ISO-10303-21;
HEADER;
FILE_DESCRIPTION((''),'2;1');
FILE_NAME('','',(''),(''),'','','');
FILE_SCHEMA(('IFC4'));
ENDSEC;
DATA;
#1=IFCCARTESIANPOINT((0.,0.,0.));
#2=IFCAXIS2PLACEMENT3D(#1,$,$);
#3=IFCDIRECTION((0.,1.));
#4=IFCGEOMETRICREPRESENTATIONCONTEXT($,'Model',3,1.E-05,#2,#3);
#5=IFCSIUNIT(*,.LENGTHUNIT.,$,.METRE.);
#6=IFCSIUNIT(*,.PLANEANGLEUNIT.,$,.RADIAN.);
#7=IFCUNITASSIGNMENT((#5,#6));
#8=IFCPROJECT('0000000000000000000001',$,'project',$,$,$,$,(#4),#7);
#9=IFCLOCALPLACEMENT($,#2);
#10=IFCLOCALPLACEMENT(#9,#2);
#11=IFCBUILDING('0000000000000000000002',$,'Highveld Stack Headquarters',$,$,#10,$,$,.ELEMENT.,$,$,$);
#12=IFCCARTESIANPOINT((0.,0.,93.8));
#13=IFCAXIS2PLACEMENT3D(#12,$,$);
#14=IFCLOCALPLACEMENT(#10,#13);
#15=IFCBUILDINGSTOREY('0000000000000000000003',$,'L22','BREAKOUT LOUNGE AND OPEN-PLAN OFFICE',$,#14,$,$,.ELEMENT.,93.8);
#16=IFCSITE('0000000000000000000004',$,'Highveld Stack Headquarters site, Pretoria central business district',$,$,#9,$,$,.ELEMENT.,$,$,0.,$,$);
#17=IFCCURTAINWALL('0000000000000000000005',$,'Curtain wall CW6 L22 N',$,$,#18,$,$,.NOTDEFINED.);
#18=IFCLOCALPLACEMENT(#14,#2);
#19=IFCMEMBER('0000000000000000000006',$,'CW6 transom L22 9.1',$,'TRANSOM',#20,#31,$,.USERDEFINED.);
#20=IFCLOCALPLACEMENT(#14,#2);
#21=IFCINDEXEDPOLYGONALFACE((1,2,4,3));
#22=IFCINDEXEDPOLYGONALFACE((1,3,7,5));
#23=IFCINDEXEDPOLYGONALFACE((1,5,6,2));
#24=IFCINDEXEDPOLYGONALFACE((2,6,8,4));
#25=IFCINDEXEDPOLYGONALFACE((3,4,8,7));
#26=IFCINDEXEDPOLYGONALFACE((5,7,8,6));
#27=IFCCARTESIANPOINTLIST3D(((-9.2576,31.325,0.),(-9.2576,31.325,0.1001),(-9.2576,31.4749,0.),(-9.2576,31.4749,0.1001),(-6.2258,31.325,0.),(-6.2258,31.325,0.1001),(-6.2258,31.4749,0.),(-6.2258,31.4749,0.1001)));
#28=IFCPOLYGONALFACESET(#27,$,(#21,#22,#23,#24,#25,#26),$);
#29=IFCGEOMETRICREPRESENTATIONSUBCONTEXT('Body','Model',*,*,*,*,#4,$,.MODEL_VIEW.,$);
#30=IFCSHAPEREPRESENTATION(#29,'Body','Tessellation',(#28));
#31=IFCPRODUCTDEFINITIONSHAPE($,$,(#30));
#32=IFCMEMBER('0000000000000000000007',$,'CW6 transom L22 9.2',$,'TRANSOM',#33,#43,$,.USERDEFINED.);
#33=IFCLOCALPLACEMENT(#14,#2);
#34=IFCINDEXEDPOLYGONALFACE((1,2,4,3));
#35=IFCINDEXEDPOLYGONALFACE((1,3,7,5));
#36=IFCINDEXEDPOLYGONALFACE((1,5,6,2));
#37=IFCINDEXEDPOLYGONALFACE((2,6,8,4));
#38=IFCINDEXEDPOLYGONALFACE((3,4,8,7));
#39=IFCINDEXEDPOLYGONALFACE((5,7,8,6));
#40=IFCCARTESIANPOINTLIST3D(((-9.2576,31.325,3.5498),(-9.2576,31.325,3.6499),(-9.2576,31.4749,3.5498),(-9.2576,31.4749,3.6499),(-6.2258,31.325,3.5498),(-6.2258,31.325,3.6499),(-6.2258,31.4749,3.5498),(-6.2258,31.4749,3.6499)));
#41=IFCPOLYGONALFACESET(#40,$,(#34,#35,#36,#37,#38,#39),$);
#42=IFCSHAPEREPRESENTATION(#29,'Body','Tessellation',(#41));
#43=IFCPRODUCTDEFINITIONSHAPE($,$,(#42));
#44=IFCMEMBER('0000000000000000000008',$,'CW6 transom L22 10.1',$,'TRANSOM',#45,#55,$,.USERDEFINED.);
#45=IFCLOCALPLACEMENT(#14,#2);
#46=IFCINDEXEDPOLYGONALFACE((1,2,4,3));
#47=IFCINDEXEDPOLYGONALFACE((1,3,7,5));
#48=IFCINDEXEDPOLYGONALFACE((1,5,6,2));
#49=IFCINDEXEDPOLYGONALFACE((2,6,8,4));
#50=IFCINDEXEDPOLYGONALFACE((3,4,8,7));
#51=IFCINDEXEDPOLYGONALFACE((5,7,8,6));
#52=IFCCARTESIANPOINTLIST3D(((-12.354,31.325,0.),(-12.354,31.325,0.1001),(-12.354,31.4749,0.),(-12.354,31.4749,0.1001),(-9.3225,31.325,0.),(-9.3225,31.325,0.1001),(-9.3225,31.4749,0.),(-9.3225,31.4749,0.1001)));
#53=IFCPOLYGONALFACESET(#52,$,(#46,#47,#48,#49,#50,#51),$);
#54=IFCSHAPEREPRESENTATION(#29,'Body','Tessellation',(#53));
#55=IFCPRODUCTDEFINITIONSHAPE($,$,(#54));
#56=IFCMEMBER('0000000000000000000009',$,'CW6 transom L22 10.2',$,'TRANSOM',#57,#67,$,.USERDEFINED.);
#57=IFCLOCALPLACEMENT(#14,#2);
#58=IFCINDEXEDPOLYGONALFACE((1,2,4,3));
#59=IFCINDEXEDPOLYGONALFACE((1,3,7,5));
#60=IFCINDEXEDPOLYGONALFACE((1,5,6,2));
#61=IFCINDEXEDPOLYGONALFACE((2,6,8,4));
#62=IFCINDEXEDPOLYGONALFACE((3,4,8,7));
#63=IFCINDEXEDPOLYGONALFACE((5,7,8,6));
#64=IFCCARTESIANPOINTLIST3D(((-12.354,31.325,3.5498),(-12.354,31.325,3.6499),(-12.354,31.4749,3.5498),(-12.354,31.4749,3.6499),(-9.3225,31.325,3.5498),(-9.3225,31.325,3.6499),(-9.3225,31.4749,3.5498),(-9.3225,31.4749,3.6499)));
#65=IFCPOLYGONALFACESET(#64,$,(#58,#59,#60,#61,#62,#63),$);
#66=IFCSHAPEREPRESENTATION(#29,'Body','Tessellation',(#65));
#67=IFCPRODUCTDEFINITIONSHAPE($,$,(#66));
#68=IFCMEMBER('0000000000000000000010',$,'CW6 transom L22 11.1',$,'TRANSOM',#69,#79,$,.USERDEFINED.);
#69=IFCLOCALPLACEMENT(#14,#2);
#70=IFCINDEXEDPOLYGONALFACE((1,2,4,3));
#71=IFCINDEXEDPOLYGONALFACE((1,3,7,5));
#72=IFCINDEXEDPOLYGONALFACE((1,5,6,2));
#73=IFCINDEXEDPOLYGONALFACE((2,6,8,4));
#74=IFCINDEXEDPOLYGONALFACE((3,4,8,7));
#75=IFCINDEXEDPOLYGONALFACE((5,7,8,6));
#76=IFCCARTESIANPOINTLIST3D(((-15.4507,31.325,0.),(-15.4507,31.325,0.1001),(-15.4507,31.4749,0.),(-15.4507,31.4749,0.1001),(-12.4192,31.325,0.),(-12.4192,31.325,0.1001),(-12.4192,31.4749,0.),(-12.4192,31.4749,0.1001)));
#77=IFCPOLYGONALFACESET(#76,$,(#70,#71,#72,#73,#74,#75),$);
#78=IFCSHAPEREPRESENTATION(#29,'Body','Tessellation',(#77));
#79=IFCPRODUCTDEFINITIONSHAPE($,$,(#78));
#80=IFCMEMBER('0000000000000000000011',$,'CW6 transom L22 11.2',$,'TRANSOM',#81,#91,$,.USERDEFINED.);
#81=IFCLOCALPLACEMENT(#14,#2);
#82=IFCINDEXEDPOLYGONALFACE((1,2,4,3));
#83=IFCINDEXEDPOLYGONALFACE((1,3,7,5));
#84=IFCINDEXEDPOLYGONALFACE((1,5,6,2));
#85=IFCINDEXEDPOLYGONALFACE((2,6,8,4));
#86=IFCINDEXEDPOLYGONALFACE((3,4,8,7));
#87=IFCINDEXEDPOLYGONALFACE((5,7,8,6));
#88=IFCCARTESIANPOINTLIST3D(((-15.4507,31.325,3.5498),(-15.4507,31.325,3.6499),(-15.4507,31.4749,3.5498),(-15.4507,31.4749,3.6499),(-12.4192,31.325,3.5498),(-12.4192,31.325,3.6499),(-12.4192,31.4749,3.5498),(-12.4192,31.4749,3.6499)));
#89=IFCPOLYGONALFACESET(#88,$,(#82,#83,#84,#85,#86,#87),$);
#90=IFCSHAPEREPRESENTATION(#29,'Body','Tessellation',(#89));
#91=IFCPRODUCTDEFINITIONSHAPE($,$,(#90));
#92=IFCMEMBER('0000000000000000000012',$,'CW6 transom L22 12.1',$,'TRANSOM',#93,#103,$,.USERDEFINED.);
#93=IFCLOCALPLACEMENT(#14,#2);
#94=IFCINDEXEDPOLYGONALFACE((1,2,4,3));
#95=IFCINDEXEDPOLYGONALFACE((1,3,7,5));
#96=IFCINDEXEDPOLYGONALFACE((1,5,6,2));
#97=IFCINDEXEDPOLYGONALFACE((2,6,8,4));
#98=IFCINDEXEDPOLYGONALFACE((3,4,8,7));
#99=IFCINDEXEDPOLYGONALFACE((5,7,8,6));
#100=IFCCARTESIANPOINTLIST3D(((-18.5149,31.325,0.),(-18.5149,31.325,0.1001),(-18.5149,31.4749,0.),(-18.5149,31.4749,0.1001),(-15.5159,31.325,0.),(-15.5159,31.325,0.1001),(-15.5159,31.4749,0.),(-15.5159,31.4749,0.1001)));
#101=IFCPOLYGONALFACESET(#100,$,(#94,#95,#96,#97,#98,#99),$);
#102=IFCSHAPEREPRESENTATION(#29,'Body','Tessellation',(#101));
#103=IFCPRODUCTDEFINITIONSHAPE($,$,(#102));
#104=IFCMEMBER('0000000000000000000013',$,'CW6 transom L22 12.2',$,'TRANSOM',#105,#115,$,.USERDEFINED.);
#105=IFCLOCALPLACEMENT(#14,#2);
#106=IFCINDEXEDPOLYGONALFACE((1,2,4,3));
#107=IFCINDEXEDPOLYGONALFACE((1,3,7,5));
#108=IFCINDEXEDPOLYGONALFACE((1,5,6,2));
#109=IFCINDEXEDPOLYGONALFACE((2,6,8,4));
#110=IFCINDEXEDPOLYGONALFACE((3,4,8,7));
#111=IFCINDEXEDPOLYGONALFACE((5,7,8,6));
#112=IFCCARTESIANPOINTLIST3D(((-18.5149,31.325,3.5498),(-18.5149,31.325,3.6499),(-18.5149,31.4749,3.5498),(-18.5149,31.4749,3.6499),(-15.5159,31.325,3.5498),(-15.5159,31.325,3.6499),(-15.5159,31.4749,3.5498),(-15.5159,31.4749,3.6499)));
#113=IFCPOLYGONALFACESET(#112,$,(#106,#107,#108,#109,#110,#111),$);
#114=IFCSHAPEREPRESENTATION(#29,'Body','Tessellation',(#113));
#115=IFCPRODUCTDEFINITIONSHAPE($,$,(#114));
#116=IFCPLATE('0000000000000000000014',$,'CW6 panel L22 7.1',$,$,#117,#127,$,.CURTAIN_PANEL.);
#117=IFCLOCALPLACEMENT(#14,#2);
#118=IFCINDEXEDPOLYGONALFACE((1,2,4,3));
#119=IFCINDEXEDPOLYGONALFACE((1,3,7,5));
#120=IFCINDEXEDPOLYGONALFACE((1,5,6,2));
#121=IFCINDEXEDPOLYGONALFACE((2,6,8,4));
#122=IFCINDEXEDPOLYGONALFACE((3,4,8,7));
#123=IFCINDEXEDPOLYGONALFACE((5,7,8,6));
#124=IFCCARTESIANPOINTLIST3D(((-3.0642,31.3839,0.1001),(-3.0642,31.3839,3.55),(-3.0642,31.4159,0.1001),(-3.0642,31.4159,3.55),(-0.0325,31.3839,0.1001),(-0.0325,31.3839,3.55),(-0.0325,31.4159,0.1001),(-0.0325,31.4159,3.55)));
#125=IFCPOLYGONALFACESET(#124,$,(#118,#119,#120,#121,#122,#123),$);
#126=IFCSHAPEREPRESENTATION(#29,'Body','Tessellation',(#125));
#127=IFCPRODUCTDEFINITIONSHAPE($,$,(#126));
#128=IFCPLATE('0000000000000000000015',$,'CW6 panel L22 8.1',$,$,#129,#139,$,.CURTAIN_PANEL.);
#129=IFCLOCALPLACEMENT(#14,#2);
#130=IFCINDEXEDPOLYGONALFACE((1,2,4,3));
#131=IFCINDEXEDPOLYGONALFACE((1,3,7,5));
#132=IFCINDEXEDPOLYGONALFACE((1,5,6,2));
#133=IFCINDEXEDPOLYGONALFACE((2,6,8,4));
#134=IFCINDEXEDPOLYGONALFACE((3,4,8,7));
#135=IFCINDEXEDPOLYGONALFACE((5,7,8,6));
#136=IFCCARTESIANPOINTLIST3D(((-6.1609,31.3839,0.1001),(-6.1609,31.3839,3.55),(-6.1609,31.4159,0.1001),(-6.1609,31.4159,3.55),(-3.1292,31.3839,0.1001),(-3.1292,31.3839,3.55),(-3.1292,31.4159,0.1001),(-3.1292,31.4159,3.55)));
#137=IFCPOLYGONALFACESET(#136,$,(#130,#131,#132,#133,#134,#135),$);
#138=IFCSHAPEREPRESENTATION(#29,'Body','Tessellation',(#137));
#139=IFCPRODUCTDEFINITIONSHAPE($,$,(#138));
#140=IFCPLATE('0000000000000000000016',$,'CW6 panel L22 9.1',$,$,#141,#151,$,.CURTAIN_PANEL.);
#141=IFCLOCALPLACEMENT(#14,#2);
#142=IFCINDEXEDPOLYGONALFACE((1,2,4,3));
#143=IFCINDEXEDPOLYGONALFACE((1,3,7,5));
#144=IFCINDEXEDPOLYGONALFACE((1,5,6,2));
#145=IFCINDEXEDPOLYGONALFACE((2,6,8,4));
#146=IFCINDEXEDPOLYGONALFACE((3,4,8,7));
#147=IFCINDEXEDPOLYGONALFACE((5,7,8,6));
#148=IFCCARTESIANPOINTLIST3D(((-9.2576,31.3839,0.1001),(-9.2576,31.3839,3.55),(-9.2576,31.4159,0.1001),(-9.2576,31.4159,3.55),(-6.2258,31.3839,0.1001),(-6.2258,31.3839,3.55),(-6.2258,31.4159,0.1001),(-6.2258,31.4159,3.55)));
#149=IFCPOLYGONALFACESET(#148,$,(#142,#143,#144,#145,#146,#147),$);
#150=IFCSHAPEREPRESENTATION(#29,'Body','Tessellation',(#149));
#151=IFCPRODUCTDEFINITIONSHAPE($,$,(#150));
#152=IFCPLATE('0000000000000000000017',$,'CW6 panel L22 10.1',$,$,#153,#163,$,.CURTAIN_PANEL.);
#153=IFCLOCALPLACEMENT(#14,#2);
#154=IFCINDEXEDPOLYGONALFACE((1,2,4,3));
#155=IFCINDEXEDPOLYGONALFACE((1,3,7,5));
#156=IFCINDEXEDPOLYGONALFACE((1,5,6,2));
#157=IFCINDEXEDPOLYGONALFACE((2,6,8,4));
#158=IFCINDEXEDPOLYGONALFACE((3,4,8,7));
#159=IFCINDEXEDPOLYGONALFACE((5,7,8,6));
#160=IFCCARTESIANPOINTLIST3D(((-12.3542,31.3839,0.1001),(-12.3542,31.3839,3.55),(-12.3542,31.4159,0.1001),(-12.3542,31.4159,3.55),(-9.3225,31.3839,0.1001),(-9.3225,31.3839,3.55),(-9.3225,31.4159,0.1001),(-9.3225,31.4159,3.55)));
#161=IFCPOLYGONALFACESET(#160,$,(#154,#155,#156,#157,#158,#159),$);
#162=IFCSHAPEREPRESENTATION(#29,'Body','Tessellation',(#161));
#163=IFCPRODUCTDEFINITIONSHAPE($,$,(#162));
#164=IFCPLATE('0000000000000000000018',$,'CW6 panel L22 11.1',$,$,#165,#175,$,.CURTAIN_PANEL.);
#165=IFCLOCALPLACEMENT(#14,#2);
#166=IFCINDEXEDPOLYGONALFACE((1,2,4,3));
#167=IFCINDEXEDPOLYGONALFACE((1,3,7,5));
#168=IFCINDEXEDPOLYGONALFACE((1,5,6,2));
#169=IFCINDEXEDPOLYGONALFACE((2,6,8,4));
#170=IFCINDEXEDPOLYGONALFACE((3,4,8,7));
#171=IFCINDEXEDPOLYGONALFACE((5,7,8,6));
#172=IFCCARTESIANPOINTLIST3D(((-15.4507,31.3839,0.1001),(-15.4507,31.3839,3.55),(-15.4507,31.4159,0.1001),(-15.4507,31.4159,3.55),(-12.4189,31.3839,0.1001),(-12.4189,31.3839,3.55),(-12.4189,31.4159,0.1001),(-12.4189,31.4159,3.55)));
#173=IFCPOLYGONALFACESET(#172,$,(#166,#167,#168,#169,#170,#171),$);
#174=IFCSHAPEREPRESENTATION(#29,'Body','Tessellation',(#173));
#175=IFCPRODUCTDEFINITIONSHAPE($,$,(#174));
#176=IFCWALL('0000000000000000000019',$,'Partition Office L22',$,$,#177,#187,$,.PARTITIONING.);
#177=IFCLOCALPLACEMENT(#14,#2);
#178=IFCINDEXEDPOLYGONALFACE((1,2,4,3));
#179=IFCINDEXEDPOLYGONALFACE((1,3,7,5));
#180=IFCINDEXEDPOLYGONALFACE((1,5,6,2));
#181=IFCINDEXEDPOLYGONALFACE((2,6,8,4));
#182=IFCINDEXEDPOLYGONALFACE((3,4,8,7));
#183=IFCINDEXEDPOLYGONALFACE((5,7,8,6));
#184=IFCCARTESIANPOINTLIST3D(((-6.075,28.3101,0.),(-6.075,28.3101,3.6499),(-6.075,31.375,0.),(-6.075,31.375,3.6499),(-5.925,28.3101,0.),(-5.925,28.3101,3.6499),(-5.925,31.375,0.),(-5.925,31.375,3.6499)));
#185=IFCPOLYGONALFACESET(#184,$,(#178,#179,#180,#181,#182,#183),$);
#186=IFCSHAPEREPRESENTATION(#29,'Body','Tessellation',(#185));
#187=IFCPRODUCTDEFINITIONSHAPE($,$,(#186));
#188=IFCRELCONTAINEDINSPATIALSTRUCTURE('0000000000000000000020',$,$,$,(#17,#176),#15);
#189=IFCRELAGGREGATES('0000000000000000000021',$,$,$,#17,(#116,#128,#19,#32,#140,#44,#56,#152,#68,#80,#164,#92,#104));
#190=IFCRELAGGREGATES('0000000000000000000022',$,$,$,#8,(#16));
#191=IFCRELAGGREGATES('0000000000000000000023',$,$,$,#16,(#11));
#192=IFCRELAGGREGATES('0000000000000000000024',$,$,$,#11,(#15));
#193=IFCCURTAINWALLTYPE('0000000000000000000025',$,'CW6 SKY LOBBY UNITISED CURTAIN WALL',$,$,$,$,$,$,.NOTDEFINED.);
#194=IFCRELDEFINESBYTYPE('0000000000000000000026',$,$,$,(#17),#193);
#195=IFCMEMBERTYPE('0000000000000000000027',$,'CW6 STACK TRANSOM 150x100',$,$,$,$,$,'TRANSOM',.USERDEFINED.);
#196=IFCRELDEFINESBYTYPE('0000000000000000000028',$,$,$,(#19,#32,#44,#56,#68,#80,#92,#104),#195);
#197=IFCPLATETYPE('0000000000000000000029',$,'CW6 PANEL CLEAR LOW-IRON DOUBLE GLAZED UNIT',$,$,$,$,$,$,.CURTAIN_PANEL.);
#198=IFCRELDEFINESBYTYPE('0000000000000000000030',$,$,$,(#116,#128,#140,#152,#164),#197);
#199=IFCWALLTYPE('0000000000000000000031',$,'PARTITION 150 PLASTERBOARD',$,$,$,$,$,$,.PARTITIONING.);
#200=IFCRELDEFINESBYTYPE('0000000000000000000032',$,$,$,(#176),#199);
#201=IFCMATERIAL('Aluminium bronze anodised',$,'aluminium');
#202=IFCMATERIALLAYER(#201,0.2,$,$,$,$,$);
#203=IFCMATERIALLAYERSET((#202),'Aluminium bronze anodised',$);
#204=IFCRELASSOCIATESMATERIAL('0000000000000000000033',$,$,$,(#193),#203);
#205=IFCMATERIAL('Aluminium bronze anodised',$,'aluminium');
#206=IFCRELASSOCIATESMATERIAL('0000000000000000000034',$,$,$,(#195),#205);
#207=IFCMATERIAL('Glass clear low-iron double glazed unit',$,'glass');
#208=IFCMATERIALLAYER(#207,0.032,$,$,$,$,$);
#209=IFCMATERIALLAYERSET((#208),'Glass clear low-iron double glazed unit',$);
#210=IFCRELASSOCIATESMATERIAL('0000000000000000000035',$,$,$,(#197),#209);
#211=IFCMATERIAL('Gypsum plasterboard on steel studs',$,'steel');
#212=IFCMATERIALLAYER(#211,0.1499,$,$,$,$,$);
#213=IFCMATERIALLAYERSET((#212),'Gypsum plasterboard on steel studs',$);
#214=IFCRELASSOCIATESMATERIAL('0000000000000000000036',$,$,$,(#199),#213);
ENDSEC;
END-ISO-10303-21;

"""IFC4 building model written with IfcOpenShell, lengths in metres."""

from ifc_helpers import new_model, si_unit, direction, frame, frame_2d, origin, origin_2d, place, context, subcontext, project, spatial, rectangle, extrude, material, layer, layer_set, material_profile, profile_set, type_object, element, aggregate, save


model = new_model("IFC4")

# Units and contexts
model_context = context("Model", 3, precision=1e-05, world=origin(), true_north=direction((0.0, 1.0)))
body_context = subcontext(model_context, "Body", "Model", "MODEL_VIEW")
ifc_project = project(units=[si_unit("LENGTHUNIT", "METRE"), si_unit("PLANEANGLEUNIT", "RADIAN")], contexts=[model_context])

# Site, building, storey
site_placement = place(None, origin())
site = spatial("IfcSite", under=ifc_project, at=site_placement, Name="Highveld Stack Headquarters site, Pretoria central business district", CompositionType="ELEMENT", RefElevation=0.0)
building_placement = place(site_placement, origin())
building = spatial("IfcBuilding", under=site, at=building_placement, Name="Highveld Stack Headquarters", CompositionType="ELEMENT")
storey_placement = place(building_placement, frame((0.0, 0.0, 93.8)))
storey = spatial("IfcBuildingStorey", under=building, at=storey_placement, Name="L22", Description="BREAKOUT LOUNGE AND OPEN-PLAN OFFICE", CompositionType="ELEMENT", Elevation=93.8)

# Curtain wall, members, plates
ifc_material_1 = material(Name="Aluminium bronze anodised", Category="aluminium")
ifc_layer_1 = layer(ifc_material_1, 0.2)
ifc_layer_set_1 = layer_set([ifc_layer_1], Name="Aluminium bronze anodised")
curtain_wall_type = type_object("IfcCurtainWallType", Name="CW6 SKY LOBBY UNITISED CURTAIN WALL", PredefinedType="NOTDEFINED", material=ifc_layer_set_1)
curtain_wall_placement = place(storey_placement, origin())
curtain_wall = element("IfcCurtainWall", 1, at=curtain_wall_placement, inside=storey, type_object=curtain_wall_type, Name="Curtain wall CW6 L22 N", PredefinedType="NOTDEFINED")
ifc_material_2 = material(Name="Aluminium bronze anodised", Category="aluminium")
ifc_material_profile_1 = material_profile(ifc_material_2, rectangle(XDim=0.1499, YDim=0.1001, at=origin_2d()), Name="CW6 TRANSOM 150x100")
ifc_profile_set_1 = profile_set([ifc_material_profile_1], Name="Aluminium bronze anodised")
member_type_1 = type_object("IfcMemberType", Name="CW6 STACK TRANSOM 150x100", ElementType="TRANSOM", PredefinedType="USERDEFINED", material=ifc_profile_set_1)
member_1_placement = place(storey_placement, frame((-6.2258, 31.3999, 0.05), z_axis=(-1.0, 0.0, 0.0), x_axis=(0.0, -1.0, 0.0)))
member_1 = element("IfcMember", 2, at=member_1_placement, type_object=member_type_1, Name="CW6 transom L22 9.1", ObjectType="TRANSOM", PredefinedType="USERDEFINED", context=body_context, shape_type="SweptSolid", body=[
    extrude(rectangle(XDim=0.1499, YDim=0.1001, at=origin_2d()), origin(), (0.0, 0.0, 1.0), 3.0317),
])
member_2_placement = place(storey_placement, frame((-6.2258, 31.3999, 3.5999), z_axis=(-1.0, 0.0, 0.0), x_axis=(0.0, -1.0, 0.0)))
member_2 = element("IfcMember", 3, at=member_2_placement, type_object=member_type_1, Name="CW6 transom L22 9.2", ObjectType="TRANSOM", PredefinedType="USERDEFINED", context=body_context, shape_type="SweptSolid", body=[
    extrude(rectangle(XDim=0.1499, YDim=0.1001, at=origin_2d()), origin(), (0.0, 0.0, 1.0), 3.0317),
])
member_3_placement = place(storey_placement, frame((-9.3225, 31.3999, 0.05), z_axis=(-1.0, 0.0, 0.0), x_axis=(0.0, -1.0, 0.0)))
member_3 = element("IfcMember", 4, at=member_3_placement, type_object=member_type_1, Name="CW6 transom L22 10.1", ObjectType="TRANSOM", PredefinedType="USERDEFINED", context=body_context, shape_type="SweptSolid", body=[
    extrude(rectangle(XDim=0.1499, YDim=0.1001, at=origin_2d()), origin(), (0.0, 0.0, 1.0), 3.0315),
])
member_4_placement = place(storey_placement, frame((-9.3225, 31.3999, 3.5999), z_axis=(-1.0, 0.0, 0.0), x_axis=(0.0, -1.0, 0.0)))
member_4 = element("IfcMember", 5, at=member_4_placement, type_object=member_type_1, Name="CW6 transom L22 10.2", ObjectType="TRANSOM", PredefinedType="USERDEFINED", context=body_context, shape_type="SweptSolid", body=[
    extrude(rectangle(XDim=0.1499, YDim=0.1001, at=origin_2d()), origin(), (0.0, 0.0, 1.0), 3.0315),
])
member_5_placement = place(storey_placement, frame((-12.4192, 31.3999, 0.05), z_axis=(-1.0, 0.0, 0.0), x_axis=(0.0, -1.0, 0.0)))
member_5 = element("IfcMember", 6, at=member_5_placement, type_object=member_type_1, Name="CW6 transom L22 11.1", ObjectType="TRANSOM", PredefinedType="USERDEFINED", context=body_context, shape_type="SweptSolid", body=[
    extrude(rectangle(XDim=0.1499, YDim=0.1001, at=origin_2d()), origin(), (0.0, 0.0, 1.0), 3.0315),
])
member_6_placement = place(storey_placement, frame((-12.4192, 31.3999, 3.5999), z_axis=(-1.0, 0.0, 0.0), x_axis=(0.0, -1.0, 0.0)))
member_6 = element("IfcMember", 7, at=member_6_placement, type_object=member_type_1, Name="CW6 transom L22 11.2", ObjectType="TRANSOM", PredefinedType="USERDEFINED", context=body_context, shape_type="SweptSolid", body=[
    extrude(rectangle(XDim=0.1499, YDim=0.1001, at=origin_2d()), origin(), (0.0, 0.0, 1.0), 3.0315),
])
member_7_placement = place(storey_placement, frame((-15.5159, 31.3999, 0.05), z_axis=(-1.0, 0.0, 0.0), x_axis=(0.0, -1.0, 0.0)))
member_7 = element("IfcMember", 8, at=member_7_placement, type_object=member_type_1, Name="CW6 transom L22 12.1", ObjectType="TRANSOM", PredefinedType="USERDEFINED", context=body_context, shape_type="SweptSolid", body=[
    extrude(rectangle(XDim=0.1499, YDim=0.1001, at=origin_2d()), origin(), (0.0, 0.0, 1.0), 2.999),
])
member_8_placement = place(storey_placement, frame((-15.5159, 31.3999, 3.5999), z_axis=(-1.0, 0.0, 0.0), x_axis=(0.0, -1.0, 0.0)))
member_8 = element("IfcMember", 9, at=member_8_placement, type_object=member_type_1, Name="CW6 transom L22 12.2", ObjectType="TRANSOM", PredefinedType="USERDEFINED", context=body_context, shape_type="SweptSolid", body=[
    extrude(rectangle(XDim=0.1499, YDim=0.1001, at=origin_2d()), origin(), (0.0, 0.0, 1.0), 2.999),
])
ifc_material_3 = material(Name="Glass clear low-iron double glazed unit", Category="glass")
ifc_layer_2 = layer(ifc_material_3, 0.032)
ifc_layer_set_2 = layer_set([ifc_layer_2], Name="Glass clear low-iron double glazed unit")
plate_type = type_object("IfcPlateType", Name="CW6 PANEL CLEAR LOW-IRON DOUBLE GLAZED UNIT", PredefinedType="CURTAIN_PANEL", material=ifc_layer_set_2)
plate_1_placement = place(storey_placement, frame((-1.5483, 31.3999, 0.1001), z_axis=(0.0, 0.0, 1.0), x_axis=(-1.0, 0.0, 0.0)))
plate_1 = element("IfcPlate", 10, at=plate_1_placement, type_object=plate_type, Name="CW6 panel L22 7.1", PredefinedType="CURTAIN_PANEL", context=body_context, shape_type="SweptSolid", body=[
    extrude(rectangle(XDim=3.0317, YDim=0.032, at=origin_2d()), origin(), (0.0, 0.0, 1.0), 3.45),
])
plate_2_placement = place(storey_placement, frame((-4.645, 31.3999, 0.1001), z_axis=(0.0, 0.0, 1.0), x_axis=(-1.0, 0.0, 0.0)))
plate_2 = element("IfcPlate", 11, at=plate_2_placement, type_object=plate_type, Name="CW6 panel L22 8.1", PredefinedType="CURTAIN_PANEL", context=body_context, shape_type="SweptSolid", body=[
    extrude(rectangle(XDim=3.0317, YDim=0.032, at=origin_2d()), origin(), (0.0, 0.0, 1.0), 3.45),
])
plate_3_placement = place(storey_placement, frame((-7.7417, 31.3999, 0.1001), z_axis=(0.0, 0.0, 1.0), x_axis=(-1.0, 0.0, 0.0)))
plate_3 = element("IfcPlate", 12, at=plate_3_placement, type_object=plate_type, Name="CW6 panel L22 9.1", PredefinedType="CURTAIN_PANEL", context=body_context, shape_type="SweptSolid", body=[
    extrude(rectangle(XDim=3.0317, YDim=0.032, at=origin_2d()), origin(), (0.0, 0.0, 1.0), 3.45),
])
plate_4_placement = place(storey_placement, frame((-10.8384, 31.3999, 0.1001), z_axis=(0.0, 0.0, 1.0), x_axis=(-1.0, 0.0, 0.0)))
plate_4 = element("IfcPlate", 13, at=plate_4_placement, type_object=plate_type, Name="CW6 panel L22 10.1", PredefinedType="CURTAIN_PANEL", context=body_context, shape_type="SweptSolid", body=[
    extrude(rectangle(XDim=3.0317, YDim=0.032, at=origin_2d()), origin(), (0.0, 0.0, 1.0), 3.45),
])
plate_5_placement = place(storey_placement, frame((-13.9348, 31.3999, 0.1001), z_axis=(0.0, 0.0, 1.0), x_axis=(-1.0, 0.0, 0.0)))
plate_5 = element("IfcPlate", 14, at=plate_5_placement, type_object=plate_type, Name="CW6 panel L22 11.1", PredefinedType="CURTAIN_PANEL", context=body_context, shape_type="SweptSolid", body=[
    extrude(rectangle(XDim=3.0317, YDim=0.032, at=origin_2d()), origin(), (0.0, 0.0, 1.0), 3.45),
])
aggregate(curtain_wall, [plate_1, plate_2, member_1, member_2, plate_3, member_3, member_4, plate_4, member_5, member_6, plate_5, member_7, member_8])

# Wall
ifc_material_4 = material(Name="Gypsum plasterboard on steel studs", Category="steel")
ifc_layer_3 = layer(ifc_material_4, 0.1499)
ifc_layer_set_3 = layer_set([ifc_layer_3], Name="Gypsum plasterboard on steel studs")
wall_type = type_object("IfcWallType", Name="PARTITION 150 PLASTERBOARD", PredefinedType="PARTITIONING", material=ifc_layer_set_3)
wall_placement = place(storey_placement, frame((-6.0, 28.3101, 0.0), z_axis=(0.0, 0.0, 1.0), x_axis=(0.0, 1.0, 0.0)))
element("IfcWall", 15, at=wall_placement, inside=storey, type_object=wall_type, Name="Partition Office L22", PredefinedType="PARTITIONING", context=body_context, shape_type="SweptSolid", body=[
    extrude(rectangle(XDim=3.0649, YDim=0.1499, at=frame_2d((1.5325, 0.0))), origin(), (0.0, 0.0, 1.0), 3.6499),
])

save(model, "model.ifc")
